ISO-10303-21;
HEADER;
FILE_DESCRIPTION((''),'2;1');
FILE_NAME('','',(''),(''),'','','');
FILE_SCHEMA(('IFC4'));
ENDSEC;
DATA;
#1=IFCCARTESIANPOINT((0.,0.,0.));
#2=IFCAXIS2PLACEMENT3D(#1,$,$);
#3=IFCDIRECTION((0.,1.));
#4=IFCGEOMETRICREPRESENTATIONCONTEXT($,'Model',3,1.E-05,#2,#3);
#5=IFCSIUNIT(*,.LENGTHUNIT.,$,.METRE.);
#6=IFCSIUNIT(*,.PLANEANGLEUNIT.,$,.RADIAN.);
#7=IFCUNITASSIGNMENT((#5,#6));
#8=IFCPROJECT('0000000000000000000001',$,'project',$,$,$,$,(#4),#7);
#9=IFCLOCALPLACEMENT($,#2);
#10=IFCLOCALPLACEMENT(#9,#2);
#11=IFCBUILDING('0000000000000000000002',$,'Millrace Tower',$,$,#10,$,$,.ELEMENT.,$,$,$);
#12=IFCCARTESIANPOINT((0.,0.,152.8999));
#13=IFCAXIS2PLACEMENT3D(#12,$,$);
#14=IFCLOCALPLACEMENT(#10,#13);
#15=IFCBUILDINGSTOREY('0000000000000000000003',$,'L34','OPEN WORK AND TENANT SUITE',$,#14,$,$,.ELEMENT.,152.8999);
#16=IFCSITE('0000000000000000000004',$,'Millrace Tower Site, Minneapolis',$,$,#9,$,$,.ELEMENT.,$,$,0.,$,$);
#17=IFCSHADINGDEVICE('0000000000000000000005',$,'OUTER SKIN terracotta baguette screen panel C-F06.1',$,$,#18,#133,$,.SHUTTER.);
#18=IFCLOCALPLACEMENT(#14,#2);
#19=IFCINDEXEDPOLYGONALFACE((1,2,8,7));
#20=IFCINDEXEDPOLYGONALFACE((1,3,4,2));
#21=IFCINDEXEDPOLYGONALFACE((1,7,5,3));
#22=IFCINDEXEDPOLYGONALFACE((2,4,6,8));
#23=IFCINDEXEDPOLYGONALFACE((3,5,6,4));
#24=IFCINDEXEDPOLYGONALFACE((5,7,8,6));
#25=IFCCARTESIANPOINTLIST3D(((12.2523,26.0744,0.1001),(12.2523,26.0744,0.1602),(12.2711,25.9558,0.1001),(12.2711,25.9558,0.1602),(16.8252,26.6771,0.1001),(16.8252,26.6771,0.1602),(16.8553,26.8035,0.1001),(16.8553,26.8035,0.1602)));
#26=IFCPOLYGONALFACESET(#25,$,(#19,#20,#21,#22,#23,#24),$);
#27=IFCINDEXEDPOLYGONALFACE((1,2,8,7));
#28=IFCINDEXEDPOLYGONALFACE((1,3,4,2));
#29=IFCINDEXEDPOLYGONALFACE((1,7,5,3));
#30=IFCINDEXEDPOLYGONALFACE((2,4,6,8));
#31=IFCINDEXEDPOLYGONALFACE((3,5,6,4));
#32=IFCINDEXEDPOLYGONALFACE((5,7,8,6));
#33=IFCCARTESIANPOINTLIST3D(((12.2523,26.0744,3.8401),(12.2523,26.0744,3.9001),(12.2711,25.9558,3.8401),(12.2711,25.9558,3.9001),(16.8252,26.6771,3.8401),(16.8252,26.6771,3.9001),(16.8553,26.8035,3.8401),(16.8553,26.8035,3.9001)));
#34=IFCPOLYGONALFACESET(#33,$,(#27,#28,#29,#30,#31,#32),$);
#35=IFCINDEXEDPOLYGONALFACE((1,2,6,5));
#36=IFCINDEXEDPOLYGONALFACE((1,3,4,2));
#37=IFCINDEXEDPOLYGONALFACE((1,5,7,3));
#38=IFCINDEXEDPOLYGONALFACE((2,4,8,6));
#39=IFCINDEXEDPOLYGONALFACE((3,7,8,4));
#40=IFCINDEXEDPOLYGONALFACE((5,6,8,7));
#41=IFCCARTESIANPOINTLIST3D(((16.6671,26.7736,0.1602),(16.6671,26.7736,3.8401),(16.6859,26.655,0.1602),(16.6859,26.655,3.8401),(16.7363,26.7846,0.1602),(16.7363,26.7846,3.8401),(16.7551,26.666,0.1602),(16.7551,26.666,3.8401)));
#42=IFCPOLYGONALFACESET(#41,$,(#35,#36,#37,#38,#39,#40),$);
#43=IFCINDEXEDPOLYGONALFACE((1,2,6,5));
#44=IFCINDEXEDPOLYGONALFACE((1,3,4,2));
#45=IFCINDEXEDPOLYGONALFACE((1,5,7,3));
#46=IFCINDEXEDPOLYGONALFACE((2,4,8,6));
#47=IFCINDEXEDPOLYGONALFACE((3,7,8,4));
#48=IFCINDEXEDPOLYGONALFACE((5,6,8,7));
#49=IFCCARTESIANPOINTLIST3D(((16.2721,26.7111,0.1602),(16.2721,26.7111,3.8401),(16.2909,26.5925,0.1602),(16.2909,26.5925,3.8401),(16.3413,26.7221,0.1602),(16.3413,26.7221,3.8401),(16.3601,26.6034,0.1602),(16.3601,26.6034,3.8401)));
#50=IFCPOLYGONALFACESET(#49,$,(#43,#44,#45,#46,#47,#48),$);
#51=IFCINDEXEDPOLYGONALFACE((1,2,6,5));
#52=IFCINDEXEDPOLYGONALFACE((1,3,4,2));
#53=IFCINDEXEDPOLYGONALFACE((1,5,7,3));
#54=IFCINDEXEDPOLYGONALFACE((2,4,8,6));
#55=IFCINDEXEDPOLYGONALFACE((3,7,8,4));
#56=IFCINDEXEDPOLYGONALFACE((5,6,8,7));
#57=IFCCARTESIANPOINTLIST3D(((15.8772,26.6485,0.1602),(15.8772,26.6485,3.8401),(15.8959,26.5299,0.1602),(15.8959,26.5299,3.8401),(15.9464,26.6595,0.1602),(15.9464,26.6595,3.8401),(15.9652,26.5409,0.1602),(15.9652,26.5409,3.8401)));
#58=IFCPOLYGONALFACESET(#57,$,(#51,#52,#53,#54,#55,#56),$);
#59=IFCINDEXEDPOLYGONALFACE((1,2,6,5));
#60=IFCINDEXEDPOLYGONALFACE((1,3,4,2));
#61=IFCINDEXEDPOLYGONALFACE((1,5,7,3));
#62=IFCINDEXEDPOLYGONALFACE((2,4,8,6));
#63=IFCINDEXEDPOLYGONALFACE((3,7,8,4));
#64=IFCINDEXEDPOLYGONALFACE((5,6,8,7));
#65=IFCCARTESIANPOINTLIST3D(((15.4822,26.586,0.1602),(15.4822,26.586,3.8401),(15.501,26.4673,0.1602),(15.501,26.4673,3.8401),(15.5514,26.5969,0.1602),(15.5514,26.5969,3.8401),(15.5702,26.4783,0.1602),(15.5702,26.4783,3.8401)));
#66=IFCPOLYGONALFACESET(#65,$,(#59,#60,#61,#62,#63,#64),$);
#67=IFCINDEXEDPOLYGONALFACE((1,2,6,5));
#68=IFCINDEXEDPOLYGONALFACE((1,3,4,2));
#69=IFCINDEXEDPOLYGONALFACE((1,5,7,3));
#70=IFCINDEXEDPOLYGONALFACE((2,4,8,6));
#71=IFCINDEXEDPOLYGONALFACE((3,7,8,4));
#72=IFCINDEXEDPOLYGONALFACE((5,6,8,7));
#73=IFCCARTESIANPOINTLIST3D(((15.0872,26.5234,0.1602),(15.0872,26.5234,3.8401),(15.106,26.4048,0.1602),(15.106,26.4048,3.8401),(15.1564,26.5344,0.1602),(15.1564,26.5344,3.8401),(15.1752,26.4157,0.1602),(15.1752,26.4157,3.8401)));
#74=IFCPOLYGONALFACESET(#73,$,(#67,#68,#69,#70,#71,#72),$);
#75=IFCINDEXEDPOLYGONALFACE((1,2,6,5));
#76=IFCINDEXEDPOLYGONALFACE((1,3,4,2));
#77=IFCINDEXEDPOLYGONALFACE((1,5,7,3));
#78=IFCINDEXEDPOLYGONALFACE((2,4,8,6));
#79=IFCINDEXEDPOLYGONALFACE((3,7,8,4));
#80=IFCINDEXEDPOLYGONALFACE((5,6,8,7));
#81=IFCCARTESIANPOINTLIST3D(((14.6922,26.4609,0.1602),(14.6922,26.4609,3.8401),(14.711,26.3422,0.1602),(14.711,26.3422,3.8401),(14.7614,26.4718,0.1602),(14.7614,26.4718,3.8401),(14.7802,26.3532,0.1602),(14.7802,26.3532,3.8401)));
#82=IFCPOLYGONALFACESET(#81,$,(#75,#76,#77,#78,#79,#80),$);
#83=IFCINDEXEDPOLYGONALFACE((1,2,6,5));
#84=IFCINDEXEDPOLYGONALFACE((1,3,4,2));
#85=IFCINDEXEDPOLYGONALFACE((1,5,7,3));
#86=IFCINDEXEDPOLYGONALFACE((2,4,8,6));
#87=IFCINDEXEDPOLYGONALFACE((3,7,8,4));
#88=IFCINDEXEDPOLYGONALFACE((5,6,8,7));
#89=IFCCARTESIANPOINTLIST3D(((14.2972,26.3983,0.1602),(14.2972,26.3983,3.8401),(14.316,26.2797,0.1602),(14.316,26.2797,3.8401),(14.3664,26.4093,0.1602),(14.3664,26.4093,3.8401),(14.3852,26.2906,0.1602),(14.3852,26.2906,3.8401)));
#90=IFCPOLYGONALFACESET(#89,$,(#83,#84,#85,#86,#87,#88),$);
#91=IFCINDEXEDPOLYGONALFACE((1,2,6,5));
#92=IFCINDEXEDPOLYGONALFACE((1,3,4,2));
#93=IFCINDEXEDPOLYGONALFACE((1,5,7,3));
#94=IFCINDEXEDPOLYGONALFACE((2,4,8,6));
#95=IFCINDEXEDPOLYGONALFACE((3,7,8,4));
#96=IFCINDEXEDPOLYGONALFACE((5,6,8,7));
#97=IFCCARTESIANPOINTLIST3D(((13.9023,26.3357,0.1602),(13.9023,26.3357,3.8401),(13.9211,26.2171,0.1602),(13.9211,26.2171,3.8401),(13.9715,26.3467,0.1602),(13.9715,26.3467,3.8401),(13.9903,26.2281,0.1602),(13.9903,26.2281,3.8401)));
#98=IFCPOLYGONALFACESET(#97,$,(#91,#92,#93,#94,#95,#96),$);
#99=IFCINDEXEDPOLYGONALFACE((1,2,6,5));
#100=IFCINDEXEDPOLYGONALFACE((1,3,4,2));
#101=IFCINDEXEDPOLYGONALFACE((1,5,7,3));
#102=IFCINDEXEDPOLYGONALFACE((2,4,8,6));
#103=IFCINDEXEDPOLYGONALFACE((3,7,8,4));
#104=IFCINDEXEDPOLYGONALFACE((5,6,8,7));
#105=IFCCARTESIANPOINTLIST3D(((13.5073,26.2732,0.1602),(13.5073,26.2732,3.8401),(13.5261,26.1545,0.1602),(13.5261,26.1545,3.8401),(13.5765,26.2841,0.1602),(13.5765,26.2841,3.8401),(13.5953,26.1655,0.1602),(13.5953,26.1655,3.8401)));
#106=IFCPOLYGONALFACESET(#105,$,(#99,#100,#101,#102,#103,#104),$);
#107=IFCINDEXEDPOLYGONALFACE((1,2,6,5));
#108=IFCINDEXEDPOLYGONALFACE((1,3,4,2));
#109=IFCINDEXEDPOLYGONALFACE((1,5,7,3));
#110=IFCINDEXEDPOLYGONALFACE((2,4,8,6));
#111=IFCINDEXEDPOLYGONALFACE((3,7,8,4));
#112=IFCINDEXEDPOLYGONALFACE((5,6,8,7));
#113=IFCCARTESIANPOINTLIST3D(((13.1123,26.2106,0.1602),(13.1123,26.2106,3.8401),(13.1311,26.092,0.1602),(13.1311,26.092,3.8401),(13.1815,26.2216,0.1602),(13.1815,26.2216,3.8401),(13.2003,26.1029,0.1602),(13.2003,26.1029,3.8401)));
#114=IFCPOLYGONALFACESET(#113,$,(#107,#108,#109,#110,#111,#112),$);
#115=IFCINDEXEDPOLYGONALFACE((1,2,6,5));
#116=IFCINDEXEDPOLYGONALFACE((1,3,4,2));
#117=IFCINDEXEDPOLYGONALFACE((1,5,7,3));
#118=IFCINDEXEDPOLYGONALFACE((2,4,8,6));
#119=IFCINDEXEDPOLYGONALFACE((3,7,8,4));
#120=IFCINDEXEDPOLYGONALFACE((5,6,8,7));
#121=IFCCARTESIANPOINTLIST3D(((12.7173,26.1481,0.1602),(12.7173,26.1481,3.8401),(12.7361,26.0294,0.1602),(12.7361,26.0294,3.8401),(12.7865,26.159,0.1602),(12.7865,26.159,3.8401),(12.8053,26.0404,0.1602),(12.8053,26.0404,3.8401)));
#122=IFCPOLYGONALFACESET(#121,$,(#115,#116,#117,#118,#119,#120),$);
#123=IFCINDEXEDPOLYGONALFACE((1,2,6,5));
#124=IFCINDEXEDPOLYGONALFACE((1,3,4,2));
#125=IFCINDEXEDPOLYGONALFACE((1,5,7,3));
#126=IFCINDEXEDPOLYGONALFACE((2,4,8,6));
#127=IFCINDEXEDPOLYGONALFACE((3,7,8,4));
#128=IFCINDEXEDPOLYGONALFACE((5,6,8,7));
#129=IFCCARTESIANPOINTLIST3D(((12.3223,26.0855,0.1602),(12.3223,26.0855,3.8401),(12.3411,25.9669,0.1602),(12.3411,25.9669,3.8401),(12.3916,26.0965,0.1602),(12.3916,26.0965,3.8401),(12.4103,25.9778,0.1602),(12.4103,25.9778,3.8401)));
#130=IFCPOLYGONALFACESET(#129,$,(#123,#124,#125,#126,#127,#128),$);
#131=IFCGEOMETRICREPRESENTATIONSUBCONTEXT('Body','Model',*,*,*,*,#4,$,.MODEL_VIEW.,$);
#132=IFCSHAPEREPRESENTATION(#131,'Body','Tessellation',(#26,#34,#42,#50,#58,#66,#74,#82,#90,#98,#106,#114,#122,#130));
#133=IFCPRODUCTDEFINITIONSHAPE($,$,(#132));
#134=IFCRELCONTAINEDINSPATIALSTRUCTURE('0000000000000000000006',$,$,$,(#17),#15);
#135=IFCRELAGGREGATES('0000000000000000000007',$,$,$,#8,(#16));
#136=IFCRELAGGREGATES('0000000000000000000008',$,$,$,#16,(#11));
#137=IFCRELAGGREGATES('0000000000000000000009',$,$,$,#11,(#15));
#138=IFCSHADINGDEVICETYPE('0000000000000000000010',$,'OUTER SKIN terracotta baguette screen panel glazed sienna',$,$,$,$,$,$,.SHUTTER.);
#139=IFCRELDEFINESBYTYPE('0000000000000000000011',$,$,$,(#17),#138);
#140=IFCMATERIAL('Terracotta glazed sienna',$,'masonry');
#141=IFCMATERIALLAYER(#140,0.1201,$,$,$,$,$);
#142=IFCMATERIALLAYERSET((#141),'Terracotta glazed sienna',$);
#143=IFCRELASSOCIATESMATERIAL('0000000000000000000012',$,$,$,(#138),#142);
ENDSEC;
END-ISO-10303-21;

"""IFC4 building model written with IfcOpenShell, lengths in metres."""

from ifc_helpers import new_model, entity, si_unit, direction, frame, frame_2d, origin, place, context, subcontext, project, spatial, rectangle, extrude, source, transform, mapped, material, layer, layer_set, type_object, element, save


model = new_model("IFC4")

# Units and contexts
model_context = context("Model", 3, precision=1e-05, world=origin(), true_north=direction((0.0, 1.0)))
body_context = subcontext(model_context, "Body", "Model", "MODEL_VIEW")
ifc_project = project(units=[si_unit("LENGTHUNIT", "METRE"), si_unit("PLANEANGLEUNIT", "RADIAN")], contexts=[model_context])

# Site, building, storey
site_placement = place(None, origin())
site = spatial("IfcSite", under=ifc_project, at=site_placement, Name="Millrace Tower Site, Minneapolis", CompositionType="ELEMENT", RefElevation=0.0)
building_placement = place(site_placement, origin())
building = spatial("IfcBuilding", under=site, at=building_placement, Name="Millrace Tower", CompositionType="ELEMENT")
storey_placement = place(building_placement, frame((0.0, 0.0, 152.8999)))
storey = spatial("IfcBuildingStorey", under=building, at=storey_placement, Name="L34", Description="OPEN WORK AND TENANT SUITE", CompositionType="ELEMENT", Elevation=152.8999)

# Shading device
ifc_material_1 = material(Name="Terracotta glazed sienna", Category="masonry")
ifc_layer_1 = layer(ifc_material_1, 0.1201)
ifc_layer_set_1 = layer_set([ifc_layer_1], Name="Terracotta glazed sienna")
shading_device_type = type_object("IfcShadingDeviceType", Name="OUTER SKIN terracotta baguette screen panel glazed sienna", PredefinedType="SHUTTER", material=ifc_layer_set_1)
cartesian_point_1 = entity("IfcCartesianPoint", [-2.293, 0.0601])
shared_polyline_1 = entity("IfcPolyline", [cartesian_point_1, entity("IfcCartesianPoint", [2.3179, 0.0601]), entity("IfcCartesianPoint", [2.3179, -0.0601]), entity("IfcCartesianPoint", [-2.3425, -0.0601]), cartesian_point_1])
shared_shape_1 = source(origin(), body_context, "Body", "SweptSolid", [
    entity("IfcExtrudedAreaSolid", entity("IfcArbitraryClosedProfileDef", "AREA", None, shared_polyline_1), entity("IfcAxis2Placement3D", entity("IfcCartesianPoint", [0.0, 0.0, 0.0])), entity("IfcDirection", [0.0, 0.0, 1.0]), 0.0601),
    entity("IfcExtrudedAreaSolid", entity("IfcArbitraryClosedProfileDef", "AREA", None, shared_polyline_1), entity("IfcAxis2Placement3D", entity("IfcCartesianPoint", [0.0, 0.0, 3.74])), entity("IfcDirection", [0.0, 0.0, 1.0]), 0.0601),
    extrude(rectangle(XDim=0.0701, YDim=0.1201, at=frame_2d((-2.187, 0.0))), frame((0.0, 0.0, 0.0601)), (0.0, 0.0, 1.0), 3.6799),
    extrude(rectangle(XDim=0.0701, YDim=0.1201, at=frame_2d((-1.7871, 0.0))), frame((0.0, 0.0, 0.0601)), (0.0, 0.0, 1.0), 3.6799),
    extrude(rectangle(XDim=0.0701, YDim=0.1201, at=frame_2d((-1.3872, 0.0))), frame((0.0, 0.0, 0.0601)), (0.0, 0.0, 1.0), 3.6799),
    extrude(rectangle(XDim=0.0701, YDim=0.1201, at=frame_2d((-0.9873, 0.0))), frame((0.0, 0.0, 0.0601)), (0.0, 0.0, 1.0), 3.6799),
    extrude(rectangle(XDim=0.0701, YDim=0.1201, at=frame_2d((-0.5874, 0.0))), frame((0.0, 0.0, 0.0601)), (0.0, 0.0, 1.0), 3.6799),
    extrude(rectangle(XDim=0.0701, YDim=0.1201, at=frame_2d((-0.1875, 0.0))), frame((0.0, 0.0, 0.0601)), (0.0, 0.0, 1.0), 3.6799),
    extrude(rectangle(XDim=0.0701, YDim=0.1201, at=frame_2d((0.2124, 0.0))), frame((0.0, 0.0, 0.0601)), (0.0, 0.0, 1.0), 3.6799),
    extrude(rectangle(XDim=0.0701, YDim=0.1201, at=frame_2d((0.6123, 0.0))), frame((0.0, 0.0, 0.0601)), (0.0, 0.0, 1.0), 3.6799),
    extrude(rectangle(XDim=0.0701, YDim=0.1201, at=frame_2d((1.0122, 0.0))), frame((0.0, 0.0, 0.0601)), (0.0, 0.0, 1.0), 3.6799),
    extrude(rectangle(XDim=0.0701, YDim=0.1201, at=frame_2d((1.4121, 0.0))), frame((0.0, 0.0, 0.0601)), (0.0, 0.0, 1.0), 3.6799),
    extrude(rectangle(XDim=0.0701, YDim=0.1201, at=frame_2d((1.812, 0.0))), frame((0.0, 0.0, 0.0601)), (0.0, 0.0, 1.0), 3.6799),
    extrude(rectangle(XDim=0.0701, YDim=0.1201, at=frame_2d((2.2119, 0.0))), frame((0.0, 0.0, 0.0601)), (0.0, 0.0, 1.0), 3.6799),
])
shading_device_placement = place(storey_placement, frame((14.551, 26.3777, 0.1001), z_axis=(0.0, 0.0, 1.0), x_axis=(-0.987688, -0.156434, 0.0)))
element("IfcShadingDevice", 1, at=shading_device_placement, inside=storey, type_object=shading_device_type, Name="OUTER SKIN terracotta baguette screen panel C-F06.1", PredefinedType="SHUTTER", context=body_context, shape_type="MappedRepresentation", body=[
    mapped(shared_shape_1, transform((0.0, 0.0, 0.0), scale=1.0)),
])

save(model, "model.ifc")
